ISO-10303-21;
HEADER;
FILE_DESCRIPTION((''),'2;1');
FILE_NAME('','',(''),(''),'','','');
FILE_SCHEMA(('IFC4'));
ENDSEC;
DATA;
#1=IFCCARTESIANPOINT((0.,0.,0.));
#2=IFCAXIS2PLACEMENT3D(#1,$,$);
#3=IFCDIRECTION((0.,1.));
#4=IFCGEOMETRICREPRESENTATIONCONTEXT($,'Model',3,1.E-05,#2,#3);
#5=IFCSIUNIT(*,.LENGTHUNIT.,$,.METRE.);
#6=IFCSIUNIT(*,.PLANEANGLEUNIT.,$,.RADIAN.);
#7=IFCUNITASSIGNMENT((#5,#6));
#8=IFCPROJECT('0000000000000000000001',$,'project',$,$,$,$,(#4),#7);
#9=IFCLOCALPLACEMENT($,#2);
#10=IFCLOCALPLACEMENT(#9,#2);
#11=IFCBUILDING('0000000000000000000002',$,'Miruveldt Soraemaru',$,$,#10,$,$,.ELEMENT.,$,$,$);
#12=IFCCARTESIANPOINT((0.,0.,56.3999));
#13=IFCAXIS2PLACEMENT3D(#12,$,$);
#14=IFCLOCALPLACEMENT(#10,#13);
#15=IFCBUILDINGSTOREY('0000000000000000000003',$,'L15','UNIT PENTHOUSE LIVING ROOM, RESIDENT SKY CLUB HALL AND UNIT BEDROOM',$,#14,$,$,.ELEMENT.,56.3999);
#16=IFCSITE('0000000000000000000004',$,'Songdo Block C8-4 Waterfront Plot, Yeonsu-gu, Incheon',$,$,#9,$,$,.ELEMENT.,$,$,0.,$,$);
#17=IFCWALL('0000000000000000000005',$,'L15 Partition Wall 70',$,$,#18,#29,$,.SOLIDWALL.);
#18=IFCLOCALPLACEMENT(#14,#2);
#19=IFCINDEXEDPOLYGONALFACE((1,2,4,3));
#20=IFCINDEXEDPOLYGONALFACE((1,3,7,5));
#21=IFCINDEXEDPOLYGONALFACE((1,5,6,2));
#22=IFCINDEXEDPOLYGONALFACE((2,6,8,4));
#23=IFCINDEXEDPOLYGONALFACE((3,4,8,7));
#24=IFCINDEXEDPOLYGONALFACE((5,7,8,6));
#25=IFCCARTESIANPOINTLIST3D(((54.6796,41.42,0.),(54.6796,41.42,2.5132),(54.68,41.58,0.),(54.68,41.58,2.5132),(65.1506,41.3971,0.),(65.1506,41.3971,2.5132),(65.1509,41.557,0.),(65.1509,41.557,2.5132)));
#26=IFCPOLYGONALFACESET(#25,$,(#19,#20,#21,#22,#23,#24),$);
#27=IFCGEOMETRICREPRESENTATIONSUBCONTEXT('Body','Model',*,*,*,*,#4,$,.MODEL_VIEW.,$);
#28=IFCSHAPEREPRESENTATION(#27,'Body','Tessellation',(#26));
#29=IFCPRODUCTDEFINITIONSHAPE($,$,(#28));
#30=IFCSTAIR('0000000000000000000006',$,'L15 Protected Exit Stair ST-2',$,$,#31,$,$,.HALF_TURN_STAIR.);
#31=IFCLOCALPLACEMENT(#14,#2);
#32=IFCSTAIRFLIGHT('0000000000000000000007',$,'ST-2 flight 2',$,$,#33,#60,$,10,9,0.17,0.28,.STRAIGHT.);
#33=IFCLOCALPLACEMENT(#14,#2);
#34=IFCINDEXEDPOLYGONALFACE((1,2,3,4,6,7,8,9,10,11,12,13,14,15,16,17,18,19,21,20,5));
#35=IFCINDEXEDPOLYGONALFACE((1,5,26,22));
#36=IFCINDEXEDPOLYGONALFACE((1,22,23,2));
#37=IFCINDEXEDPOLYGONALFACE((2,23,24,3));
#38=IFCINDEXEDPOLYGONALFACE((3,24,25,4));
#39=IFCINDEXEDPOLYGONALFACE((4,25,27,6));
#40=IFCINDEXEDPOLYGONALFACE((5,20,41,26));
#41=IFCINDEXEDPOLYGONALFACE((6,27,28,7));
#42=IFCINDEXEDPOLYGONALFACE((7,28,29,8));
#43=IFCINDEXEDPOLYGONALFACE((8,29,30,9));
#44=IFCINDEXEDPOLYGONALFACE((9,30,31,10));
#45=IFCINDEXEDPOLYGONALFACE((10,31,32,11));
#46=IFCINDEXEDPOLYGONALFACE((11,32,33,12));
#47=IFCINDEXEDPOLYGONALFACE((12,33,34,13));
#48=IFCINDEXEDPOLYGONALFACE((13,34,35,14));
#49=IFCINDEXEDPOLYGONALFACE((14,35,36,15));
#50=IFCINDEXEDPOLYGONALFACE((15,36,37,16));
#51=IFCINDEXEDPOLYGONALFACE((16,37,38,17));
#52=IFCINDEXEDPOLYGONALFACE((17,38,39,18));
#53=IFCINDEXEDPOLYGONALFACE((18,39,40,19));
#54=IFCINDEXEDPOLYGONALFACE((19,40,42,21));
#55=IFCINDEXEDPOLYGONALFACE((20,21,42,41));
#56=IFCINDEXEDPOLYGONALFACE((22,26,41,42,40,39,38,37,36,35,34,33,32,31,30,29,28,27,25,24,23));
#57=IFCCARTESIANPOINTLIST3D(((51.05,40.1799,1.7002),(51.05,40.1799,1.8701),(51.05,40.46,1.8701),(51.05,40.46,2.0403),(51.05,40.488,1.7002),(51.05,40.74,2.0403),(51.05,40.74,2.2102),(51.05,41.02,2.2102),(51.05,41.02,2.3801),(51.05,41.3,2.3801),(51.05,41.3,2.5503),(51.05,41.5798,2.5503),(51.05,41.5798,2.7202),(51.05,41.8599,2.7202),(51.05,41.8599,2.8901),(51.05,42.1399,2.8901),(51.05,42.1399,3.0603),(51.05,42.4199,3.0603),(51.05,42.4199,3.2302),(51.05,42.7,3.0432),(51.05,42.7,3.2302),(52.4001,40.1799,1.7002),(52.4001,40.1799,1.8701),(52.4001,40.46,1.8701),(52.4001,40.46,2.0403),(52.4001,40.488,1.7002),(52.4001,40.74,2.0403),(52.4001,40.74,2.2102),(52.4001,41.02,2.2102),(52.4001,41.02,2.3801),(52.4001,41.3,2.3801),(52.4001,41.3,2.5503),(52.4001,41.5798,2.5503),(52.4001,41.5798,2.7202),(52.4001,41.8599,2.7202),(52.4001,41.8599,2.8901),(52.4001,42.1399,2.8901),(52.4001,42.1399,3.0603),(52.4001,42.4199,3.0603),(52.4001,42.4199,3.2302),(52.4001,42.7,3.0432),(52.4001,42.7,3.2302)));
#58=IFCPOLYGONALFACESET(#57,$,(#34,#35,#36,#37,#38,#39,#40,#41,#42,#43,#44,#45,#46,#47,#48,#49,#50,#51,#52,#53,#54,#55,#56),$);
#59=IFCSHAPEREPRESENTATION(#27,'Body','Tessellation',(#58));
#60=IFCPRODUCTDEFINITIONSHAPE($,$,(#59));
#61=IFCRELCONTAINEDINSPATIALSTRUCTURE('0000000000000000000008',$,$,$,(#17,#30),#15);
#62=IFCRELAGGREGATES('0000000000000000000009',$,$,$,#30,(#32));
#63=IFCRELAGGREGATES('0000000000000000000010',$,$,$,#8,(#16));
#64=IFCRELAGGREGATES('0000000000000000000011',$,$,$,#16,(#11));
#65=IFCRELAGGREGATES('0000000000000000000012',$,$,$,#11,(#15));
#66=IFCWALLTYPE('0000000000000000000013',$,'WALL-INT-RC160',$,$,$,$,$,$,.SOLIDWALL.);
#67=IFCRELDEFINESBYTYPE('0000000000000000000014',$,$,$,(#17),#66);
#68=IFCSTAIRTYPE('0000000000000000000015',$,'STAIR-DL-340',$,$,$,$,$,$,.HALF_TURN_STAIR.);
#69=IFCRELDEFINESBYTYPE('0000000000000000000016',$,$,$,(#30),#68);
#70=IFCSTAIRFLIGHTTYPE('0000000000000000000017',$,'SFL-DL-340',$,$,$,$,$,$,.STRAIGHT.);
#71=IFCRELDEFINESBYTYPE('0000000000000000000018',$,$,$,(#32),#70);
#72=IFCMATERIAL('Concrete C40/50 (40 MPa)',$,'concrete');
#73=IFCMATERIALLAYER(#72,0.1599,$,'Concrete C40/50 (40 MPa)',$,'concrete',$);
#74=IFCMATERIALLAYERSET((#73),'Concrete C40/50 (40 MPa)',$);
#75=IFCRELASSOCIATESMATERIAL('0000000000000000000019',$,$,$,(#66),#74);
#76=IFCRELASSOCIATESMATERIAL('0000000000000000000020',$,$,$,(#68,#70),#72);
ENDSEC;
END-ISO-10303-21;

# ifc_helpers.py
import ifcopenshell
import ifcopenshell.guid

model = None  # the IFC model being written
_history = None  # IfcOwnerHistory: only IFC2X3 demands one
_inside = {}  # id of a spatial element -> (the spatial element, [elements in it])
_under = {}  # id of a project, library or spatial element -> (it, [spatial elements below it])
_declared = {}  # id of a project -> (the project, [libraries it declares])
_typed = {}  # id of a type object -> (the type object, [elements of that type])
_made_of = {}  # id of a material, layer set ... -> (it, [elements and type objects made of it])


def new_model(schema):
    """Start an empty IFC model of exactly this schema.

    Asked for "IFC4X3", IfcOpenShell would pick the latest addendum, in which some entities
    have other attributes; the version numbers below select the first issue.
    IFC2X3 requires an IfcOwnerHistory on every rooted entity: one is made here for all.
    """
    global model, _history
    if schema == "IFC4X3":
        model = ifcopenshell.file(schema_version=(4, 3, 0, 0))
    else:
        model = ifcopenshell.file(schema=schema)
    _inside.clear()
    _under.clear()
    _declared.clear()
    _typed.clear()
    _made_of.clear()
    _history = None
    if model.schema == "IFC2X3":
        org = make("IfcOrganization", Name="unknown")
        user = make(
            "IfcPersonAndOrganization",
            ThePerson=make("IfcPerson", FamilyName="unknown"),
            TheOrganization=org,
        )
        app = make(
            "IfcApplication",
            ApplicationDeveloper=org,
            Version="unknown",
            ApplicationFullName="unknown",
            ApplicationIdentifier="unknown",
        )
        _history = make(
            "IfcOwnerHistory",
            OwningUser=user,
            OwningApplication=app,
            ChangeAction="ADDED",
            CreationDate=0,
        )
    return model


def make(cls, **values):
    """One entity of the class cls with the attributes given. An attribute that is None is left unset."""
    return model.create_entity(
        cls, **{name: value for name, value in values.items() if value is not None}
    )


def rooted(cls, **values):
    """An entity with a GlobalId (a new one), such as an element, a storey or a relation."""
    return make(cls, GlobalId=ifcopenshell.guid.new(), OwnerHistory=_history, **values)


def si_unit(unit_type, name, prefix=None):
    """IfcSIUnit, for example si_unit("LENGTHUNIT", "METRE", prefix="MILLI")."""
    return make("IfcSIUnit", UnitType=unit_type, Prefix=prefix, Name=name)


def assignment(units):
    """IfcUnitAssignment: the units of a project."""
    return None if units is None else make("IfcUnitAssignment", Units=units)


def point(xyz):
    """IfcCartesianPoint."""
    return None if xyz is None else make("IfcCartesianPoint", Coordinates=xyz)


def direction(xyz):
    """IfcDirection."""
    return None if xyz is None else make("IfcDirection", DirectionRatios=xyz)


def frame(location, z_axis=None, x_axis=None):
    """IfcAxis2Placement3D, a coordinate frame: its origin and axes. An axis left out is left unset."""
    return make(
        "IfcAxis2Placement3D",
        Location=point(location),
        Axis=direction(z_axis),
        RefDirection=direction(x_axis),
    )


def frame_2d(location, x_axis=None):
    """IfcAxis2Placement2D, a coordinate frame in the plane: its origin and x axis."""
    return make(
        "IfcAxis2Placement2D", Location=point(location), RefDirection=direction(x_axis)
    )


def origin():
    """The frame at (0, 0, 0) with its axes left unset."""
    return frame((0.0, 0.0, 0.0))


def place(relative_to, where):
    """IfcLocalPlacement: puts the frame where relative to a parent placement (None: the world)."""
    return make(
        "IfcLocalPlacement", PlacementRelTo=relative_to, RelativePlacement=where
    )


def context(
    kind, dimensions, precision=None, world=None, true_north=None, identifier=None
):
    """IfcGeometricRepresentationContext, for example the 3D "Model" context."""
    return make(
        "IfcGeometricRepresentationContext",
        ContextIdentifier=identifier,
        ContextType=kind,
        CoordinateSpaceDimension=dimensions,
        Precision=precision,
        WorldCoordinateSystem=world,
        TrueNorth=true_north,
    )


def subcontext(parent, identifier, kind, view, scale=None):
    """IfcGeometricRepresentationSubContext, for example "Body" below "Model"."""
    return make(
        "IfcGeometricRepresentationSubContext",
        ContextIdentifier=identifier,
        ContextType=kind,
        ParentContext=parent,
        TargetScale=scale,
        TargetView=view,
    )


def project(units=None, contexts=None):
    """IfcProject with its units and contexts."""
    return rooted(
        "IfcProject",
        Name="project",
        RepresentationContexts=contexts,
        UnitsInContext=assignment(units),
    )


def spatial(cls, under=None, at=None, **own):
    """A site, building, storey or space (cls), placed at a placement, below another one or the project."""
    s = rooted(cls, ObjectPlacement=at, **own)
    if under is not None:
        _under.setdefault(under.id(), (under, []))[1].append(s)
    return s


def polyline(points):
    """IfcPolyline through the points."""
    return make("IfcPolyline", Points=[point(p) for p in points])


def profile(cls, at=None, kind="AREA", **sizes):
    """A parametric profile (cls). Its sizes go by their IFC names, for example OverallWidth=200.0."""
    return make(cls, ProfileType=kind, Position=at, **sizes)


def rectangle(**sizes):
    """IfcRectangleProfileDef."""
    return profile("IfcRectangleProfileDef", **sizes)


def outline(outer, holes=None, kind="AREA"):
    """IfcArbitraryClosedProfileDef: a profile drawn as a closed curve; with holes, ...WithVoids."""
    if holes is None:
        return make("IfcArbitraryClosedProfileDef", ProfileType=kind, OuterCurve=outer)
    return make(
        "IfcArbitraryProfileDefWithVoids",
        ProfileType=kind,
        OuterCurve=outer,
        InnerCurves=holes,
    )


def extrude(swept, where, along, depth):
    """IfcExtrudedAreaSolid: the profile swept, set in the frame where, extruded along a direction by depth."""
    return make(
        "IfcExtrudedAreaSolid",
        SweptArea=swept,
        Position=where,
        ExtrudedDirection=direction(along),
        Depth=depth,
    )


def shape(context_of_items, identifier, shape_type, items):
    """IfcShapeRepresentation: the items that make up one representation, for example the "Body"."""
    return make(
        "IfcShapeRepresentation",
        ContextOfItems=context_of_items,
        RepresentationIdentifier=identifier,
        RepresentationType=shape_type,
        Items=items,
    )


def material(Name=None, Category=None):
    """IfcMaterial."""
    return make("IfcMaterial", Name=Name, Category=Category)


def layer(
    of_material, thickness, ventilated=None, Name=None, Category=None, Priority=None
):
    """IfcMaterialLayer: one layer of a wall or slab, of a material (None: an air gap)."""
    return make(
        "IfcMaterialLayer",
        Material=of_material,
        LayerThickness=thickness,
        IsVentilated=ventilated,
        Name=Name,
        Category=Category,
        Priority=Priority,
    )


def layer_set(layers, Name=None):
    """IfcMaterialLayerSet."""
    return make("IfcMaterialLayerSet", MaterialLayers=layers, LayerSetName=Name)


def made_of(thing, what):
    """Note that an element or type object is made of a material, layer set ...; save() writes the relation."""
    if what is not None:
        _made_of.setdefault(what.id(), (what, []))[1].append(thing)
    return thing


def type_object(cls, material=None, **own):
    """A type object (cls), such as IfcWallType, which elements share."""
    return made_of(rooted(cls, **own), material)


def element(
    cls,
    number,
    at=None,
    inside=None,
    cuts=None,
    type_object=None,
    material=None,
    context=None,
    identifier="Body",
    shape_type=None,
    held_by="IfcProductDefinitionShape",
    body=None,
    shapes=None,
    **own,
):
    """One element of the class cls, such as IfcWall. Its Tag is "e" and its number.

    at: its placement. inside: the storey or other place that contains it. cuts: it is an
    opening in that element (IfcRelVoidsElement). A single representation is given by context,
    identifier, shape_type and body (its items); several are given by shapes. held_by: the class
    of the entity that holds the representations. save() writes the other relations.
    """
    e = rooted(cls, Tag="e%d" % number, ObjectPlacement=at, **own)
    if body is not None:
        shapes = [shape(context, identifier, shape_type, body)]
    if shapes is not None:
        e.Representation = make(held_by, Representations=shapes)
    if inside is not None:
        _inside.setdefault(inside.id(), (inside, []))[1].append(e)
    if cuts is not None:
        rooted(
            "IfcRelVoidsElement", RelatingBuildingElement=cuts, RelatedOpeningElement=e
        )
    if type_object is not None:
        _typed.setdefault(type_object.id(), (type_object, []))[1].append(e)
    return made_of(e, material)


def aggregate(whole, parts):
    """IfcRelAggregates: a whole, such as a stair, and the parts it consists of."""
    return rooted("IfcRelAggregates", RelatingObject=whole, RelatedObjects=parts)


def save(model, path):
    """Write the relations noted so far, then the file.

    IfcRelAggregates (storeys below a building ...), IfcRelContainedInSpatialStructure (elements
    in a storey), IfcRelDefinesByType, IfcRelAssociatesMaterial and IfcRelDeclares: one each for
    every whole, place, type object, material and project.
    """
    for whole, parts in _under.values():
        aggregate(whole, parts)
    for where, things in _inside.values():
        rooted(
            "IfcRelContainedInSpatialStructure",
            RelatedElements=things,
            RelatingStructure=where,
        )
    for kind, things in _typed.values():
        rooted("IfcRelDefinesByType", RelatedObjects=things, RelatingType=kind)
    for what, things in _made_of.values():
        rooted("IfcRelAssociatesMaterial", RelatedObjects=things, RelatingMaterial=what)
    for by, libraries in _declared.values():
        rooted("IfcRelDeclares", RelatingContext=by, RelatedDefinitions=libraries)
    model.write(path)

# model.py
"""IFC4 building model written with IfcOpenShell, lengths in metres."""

from ifc_helpers import new_model, si_unit, direction, frame, frame_2d, origin, place, context, subcontext, project, spatial, polyline, rectangle, outline, extrude, material, layer, layer_set, type_object, element, aggregate, save


model = new_model("IFC4")

# Units and contexts
model_context = context("Model", 3, precision=1e-05, world=origin(), true_north=direction((0.0, 1.0)))
body_context = subcontext(model_context, "Body", "Model", "MODEL_VIEW")
ifc_project = project(units=[si_unit("LENGTHUNIT", "METRE"), si_unit("PLANEANGLEUNIT", "RADIAN")], contexts=[model_context])

# Site, building, storey
site_placement = place(None, origin())
site = spatial("IfcSite", under=ifc_project, at=site_placement, Name="Songdo Block C8-4 Waterfront Plot, Yeonsu-gu, Incheon", CompositionType="ELEMENT", RefElevation=0.0)
building_placement = place(site_placement, origin())
building = spatial("IfcBuilding", under=site, at=building_placement, Name="Miruveldt Soraemaru", CompositionType="ELEMENT")
storey_placement = place(building_placement, frame((0.0, 0.0, 56.3999)))
storey = spatial("IfcBuildingStorey", under=building, at=storey_placement, Name="L15", Description="UNIT PENTHOUSE LIVING ROOM, RESIDENT SKY CLUB HALL AND UNIT BEDROOM", CompositionType="ELEMENT", Elevation=56.3999)

# Shared definitions
ifc_material_1 = material(Name="Concrete C40/50 (40 MPa)", Category="concrete")
ifc_layer_1 = layer(ifc_material_1, 0.1599, Name="Concrete C40/50 (40 MPa)", Category="concrete")
ifc_layer_set_1 = layer_set([ifc_layer_1], Name="Concrete C40/50 (40 MPa)")
wall_type_1 = type_object("IfcWallType", Name="WALL-INT-RC160", PredefinedType="SOLIDWALL", material=ifc_layer_set_1)

# Wall
wall_1_placement = place(storey_placement, frame((54.6799, 41.5, 0.0), z_axis=(0.0, 0.0, 1.0), x_axis=(0.999998, -0.002192, 0.0)))
element("IfcWall", 1, at=wall_1_placement, inside=storey, type_object=wall_type_1, Name="L15 Partition Wall 70", PredefinedType="SOLIDWALL", context=body_context, shape_type="SweptSolid", body=[
    extrude(rectangle(XDim=10.4709, YDim=0.1599, at=frame_2d((5.2354, 0.0))), origin(), (0.0, 0.0, 1.0), 2.5132),
])

# Stair, stair flight
stair_type = type_object("IfcStairType", Name="STAIR-DL-340", PredefinedType="HALF_TURN_STAIR", material=ifc_material_1)
stair_placement = place(storey_placement, origin())
stair = element("IfcStair", 2, at=stair_placement, inside=storey, type_object=stair_type, Name="L15 Protected Exit Stair ST-2", PredefinedType="HALF_TURN_STAIR")
stair_flight_type = type_object("IfcStairFlightType", Name="SFL-DL-340", PredefinedType="STRAIGHT", material=ifc_material_1)
stair_flight_placement = place(storey_placement, frame((51.7251, 40.1799, 1.7002), z_axis=(0.0, 0.0, 1.0), x_axis=(0.0, 1.0, 0.0)))
stair_flight = element("IfcStairFlight", 3, at=stair_flight_placement, type_object=stair_flight_type, Name="ST-2 flight 2", NumberOfRisers=10, NumberOfTreads=9, PredefinedType="STRAIGHT", RiserHeight=0.17, TreadLength=0.28, context=body_context, shape_type="SweptSolid", body=[
    extrude(outline(polyline([(0.0, 0.0), (0.0, 0.1699), (0.28, 0.1699), (0.28, 0.3401), (0.5601, 0.3401), (0.5601, 0.51), (0.8401, 0.51), (0.8401, 0.6799), (1.1201, 0.6799), (1.1201, 0.8501), (1.3999, 0.8501), (1.3999, 1.02), (1.6799, 1.02), (1.6799, 1.1899), (1.96, 1.1899), (1.96, 1.3601), (2.24, 1.3601), (2.24, 1.53), (2.52, 1.53), (2.52, 1.7), (2.52, 1.343), (0.3081, 0.0), (0.0, 0.0)])), frame((0.0, 0.675, 0.0), z_axis=(0.0, -1.0, 0.0), x_axis=(1.0, 0.0, 0.0)), (0.0, 0.0, 1.0), 1.3501),
])
aggregate(stair, [stair_flight])

save(model, "model.ifc")
